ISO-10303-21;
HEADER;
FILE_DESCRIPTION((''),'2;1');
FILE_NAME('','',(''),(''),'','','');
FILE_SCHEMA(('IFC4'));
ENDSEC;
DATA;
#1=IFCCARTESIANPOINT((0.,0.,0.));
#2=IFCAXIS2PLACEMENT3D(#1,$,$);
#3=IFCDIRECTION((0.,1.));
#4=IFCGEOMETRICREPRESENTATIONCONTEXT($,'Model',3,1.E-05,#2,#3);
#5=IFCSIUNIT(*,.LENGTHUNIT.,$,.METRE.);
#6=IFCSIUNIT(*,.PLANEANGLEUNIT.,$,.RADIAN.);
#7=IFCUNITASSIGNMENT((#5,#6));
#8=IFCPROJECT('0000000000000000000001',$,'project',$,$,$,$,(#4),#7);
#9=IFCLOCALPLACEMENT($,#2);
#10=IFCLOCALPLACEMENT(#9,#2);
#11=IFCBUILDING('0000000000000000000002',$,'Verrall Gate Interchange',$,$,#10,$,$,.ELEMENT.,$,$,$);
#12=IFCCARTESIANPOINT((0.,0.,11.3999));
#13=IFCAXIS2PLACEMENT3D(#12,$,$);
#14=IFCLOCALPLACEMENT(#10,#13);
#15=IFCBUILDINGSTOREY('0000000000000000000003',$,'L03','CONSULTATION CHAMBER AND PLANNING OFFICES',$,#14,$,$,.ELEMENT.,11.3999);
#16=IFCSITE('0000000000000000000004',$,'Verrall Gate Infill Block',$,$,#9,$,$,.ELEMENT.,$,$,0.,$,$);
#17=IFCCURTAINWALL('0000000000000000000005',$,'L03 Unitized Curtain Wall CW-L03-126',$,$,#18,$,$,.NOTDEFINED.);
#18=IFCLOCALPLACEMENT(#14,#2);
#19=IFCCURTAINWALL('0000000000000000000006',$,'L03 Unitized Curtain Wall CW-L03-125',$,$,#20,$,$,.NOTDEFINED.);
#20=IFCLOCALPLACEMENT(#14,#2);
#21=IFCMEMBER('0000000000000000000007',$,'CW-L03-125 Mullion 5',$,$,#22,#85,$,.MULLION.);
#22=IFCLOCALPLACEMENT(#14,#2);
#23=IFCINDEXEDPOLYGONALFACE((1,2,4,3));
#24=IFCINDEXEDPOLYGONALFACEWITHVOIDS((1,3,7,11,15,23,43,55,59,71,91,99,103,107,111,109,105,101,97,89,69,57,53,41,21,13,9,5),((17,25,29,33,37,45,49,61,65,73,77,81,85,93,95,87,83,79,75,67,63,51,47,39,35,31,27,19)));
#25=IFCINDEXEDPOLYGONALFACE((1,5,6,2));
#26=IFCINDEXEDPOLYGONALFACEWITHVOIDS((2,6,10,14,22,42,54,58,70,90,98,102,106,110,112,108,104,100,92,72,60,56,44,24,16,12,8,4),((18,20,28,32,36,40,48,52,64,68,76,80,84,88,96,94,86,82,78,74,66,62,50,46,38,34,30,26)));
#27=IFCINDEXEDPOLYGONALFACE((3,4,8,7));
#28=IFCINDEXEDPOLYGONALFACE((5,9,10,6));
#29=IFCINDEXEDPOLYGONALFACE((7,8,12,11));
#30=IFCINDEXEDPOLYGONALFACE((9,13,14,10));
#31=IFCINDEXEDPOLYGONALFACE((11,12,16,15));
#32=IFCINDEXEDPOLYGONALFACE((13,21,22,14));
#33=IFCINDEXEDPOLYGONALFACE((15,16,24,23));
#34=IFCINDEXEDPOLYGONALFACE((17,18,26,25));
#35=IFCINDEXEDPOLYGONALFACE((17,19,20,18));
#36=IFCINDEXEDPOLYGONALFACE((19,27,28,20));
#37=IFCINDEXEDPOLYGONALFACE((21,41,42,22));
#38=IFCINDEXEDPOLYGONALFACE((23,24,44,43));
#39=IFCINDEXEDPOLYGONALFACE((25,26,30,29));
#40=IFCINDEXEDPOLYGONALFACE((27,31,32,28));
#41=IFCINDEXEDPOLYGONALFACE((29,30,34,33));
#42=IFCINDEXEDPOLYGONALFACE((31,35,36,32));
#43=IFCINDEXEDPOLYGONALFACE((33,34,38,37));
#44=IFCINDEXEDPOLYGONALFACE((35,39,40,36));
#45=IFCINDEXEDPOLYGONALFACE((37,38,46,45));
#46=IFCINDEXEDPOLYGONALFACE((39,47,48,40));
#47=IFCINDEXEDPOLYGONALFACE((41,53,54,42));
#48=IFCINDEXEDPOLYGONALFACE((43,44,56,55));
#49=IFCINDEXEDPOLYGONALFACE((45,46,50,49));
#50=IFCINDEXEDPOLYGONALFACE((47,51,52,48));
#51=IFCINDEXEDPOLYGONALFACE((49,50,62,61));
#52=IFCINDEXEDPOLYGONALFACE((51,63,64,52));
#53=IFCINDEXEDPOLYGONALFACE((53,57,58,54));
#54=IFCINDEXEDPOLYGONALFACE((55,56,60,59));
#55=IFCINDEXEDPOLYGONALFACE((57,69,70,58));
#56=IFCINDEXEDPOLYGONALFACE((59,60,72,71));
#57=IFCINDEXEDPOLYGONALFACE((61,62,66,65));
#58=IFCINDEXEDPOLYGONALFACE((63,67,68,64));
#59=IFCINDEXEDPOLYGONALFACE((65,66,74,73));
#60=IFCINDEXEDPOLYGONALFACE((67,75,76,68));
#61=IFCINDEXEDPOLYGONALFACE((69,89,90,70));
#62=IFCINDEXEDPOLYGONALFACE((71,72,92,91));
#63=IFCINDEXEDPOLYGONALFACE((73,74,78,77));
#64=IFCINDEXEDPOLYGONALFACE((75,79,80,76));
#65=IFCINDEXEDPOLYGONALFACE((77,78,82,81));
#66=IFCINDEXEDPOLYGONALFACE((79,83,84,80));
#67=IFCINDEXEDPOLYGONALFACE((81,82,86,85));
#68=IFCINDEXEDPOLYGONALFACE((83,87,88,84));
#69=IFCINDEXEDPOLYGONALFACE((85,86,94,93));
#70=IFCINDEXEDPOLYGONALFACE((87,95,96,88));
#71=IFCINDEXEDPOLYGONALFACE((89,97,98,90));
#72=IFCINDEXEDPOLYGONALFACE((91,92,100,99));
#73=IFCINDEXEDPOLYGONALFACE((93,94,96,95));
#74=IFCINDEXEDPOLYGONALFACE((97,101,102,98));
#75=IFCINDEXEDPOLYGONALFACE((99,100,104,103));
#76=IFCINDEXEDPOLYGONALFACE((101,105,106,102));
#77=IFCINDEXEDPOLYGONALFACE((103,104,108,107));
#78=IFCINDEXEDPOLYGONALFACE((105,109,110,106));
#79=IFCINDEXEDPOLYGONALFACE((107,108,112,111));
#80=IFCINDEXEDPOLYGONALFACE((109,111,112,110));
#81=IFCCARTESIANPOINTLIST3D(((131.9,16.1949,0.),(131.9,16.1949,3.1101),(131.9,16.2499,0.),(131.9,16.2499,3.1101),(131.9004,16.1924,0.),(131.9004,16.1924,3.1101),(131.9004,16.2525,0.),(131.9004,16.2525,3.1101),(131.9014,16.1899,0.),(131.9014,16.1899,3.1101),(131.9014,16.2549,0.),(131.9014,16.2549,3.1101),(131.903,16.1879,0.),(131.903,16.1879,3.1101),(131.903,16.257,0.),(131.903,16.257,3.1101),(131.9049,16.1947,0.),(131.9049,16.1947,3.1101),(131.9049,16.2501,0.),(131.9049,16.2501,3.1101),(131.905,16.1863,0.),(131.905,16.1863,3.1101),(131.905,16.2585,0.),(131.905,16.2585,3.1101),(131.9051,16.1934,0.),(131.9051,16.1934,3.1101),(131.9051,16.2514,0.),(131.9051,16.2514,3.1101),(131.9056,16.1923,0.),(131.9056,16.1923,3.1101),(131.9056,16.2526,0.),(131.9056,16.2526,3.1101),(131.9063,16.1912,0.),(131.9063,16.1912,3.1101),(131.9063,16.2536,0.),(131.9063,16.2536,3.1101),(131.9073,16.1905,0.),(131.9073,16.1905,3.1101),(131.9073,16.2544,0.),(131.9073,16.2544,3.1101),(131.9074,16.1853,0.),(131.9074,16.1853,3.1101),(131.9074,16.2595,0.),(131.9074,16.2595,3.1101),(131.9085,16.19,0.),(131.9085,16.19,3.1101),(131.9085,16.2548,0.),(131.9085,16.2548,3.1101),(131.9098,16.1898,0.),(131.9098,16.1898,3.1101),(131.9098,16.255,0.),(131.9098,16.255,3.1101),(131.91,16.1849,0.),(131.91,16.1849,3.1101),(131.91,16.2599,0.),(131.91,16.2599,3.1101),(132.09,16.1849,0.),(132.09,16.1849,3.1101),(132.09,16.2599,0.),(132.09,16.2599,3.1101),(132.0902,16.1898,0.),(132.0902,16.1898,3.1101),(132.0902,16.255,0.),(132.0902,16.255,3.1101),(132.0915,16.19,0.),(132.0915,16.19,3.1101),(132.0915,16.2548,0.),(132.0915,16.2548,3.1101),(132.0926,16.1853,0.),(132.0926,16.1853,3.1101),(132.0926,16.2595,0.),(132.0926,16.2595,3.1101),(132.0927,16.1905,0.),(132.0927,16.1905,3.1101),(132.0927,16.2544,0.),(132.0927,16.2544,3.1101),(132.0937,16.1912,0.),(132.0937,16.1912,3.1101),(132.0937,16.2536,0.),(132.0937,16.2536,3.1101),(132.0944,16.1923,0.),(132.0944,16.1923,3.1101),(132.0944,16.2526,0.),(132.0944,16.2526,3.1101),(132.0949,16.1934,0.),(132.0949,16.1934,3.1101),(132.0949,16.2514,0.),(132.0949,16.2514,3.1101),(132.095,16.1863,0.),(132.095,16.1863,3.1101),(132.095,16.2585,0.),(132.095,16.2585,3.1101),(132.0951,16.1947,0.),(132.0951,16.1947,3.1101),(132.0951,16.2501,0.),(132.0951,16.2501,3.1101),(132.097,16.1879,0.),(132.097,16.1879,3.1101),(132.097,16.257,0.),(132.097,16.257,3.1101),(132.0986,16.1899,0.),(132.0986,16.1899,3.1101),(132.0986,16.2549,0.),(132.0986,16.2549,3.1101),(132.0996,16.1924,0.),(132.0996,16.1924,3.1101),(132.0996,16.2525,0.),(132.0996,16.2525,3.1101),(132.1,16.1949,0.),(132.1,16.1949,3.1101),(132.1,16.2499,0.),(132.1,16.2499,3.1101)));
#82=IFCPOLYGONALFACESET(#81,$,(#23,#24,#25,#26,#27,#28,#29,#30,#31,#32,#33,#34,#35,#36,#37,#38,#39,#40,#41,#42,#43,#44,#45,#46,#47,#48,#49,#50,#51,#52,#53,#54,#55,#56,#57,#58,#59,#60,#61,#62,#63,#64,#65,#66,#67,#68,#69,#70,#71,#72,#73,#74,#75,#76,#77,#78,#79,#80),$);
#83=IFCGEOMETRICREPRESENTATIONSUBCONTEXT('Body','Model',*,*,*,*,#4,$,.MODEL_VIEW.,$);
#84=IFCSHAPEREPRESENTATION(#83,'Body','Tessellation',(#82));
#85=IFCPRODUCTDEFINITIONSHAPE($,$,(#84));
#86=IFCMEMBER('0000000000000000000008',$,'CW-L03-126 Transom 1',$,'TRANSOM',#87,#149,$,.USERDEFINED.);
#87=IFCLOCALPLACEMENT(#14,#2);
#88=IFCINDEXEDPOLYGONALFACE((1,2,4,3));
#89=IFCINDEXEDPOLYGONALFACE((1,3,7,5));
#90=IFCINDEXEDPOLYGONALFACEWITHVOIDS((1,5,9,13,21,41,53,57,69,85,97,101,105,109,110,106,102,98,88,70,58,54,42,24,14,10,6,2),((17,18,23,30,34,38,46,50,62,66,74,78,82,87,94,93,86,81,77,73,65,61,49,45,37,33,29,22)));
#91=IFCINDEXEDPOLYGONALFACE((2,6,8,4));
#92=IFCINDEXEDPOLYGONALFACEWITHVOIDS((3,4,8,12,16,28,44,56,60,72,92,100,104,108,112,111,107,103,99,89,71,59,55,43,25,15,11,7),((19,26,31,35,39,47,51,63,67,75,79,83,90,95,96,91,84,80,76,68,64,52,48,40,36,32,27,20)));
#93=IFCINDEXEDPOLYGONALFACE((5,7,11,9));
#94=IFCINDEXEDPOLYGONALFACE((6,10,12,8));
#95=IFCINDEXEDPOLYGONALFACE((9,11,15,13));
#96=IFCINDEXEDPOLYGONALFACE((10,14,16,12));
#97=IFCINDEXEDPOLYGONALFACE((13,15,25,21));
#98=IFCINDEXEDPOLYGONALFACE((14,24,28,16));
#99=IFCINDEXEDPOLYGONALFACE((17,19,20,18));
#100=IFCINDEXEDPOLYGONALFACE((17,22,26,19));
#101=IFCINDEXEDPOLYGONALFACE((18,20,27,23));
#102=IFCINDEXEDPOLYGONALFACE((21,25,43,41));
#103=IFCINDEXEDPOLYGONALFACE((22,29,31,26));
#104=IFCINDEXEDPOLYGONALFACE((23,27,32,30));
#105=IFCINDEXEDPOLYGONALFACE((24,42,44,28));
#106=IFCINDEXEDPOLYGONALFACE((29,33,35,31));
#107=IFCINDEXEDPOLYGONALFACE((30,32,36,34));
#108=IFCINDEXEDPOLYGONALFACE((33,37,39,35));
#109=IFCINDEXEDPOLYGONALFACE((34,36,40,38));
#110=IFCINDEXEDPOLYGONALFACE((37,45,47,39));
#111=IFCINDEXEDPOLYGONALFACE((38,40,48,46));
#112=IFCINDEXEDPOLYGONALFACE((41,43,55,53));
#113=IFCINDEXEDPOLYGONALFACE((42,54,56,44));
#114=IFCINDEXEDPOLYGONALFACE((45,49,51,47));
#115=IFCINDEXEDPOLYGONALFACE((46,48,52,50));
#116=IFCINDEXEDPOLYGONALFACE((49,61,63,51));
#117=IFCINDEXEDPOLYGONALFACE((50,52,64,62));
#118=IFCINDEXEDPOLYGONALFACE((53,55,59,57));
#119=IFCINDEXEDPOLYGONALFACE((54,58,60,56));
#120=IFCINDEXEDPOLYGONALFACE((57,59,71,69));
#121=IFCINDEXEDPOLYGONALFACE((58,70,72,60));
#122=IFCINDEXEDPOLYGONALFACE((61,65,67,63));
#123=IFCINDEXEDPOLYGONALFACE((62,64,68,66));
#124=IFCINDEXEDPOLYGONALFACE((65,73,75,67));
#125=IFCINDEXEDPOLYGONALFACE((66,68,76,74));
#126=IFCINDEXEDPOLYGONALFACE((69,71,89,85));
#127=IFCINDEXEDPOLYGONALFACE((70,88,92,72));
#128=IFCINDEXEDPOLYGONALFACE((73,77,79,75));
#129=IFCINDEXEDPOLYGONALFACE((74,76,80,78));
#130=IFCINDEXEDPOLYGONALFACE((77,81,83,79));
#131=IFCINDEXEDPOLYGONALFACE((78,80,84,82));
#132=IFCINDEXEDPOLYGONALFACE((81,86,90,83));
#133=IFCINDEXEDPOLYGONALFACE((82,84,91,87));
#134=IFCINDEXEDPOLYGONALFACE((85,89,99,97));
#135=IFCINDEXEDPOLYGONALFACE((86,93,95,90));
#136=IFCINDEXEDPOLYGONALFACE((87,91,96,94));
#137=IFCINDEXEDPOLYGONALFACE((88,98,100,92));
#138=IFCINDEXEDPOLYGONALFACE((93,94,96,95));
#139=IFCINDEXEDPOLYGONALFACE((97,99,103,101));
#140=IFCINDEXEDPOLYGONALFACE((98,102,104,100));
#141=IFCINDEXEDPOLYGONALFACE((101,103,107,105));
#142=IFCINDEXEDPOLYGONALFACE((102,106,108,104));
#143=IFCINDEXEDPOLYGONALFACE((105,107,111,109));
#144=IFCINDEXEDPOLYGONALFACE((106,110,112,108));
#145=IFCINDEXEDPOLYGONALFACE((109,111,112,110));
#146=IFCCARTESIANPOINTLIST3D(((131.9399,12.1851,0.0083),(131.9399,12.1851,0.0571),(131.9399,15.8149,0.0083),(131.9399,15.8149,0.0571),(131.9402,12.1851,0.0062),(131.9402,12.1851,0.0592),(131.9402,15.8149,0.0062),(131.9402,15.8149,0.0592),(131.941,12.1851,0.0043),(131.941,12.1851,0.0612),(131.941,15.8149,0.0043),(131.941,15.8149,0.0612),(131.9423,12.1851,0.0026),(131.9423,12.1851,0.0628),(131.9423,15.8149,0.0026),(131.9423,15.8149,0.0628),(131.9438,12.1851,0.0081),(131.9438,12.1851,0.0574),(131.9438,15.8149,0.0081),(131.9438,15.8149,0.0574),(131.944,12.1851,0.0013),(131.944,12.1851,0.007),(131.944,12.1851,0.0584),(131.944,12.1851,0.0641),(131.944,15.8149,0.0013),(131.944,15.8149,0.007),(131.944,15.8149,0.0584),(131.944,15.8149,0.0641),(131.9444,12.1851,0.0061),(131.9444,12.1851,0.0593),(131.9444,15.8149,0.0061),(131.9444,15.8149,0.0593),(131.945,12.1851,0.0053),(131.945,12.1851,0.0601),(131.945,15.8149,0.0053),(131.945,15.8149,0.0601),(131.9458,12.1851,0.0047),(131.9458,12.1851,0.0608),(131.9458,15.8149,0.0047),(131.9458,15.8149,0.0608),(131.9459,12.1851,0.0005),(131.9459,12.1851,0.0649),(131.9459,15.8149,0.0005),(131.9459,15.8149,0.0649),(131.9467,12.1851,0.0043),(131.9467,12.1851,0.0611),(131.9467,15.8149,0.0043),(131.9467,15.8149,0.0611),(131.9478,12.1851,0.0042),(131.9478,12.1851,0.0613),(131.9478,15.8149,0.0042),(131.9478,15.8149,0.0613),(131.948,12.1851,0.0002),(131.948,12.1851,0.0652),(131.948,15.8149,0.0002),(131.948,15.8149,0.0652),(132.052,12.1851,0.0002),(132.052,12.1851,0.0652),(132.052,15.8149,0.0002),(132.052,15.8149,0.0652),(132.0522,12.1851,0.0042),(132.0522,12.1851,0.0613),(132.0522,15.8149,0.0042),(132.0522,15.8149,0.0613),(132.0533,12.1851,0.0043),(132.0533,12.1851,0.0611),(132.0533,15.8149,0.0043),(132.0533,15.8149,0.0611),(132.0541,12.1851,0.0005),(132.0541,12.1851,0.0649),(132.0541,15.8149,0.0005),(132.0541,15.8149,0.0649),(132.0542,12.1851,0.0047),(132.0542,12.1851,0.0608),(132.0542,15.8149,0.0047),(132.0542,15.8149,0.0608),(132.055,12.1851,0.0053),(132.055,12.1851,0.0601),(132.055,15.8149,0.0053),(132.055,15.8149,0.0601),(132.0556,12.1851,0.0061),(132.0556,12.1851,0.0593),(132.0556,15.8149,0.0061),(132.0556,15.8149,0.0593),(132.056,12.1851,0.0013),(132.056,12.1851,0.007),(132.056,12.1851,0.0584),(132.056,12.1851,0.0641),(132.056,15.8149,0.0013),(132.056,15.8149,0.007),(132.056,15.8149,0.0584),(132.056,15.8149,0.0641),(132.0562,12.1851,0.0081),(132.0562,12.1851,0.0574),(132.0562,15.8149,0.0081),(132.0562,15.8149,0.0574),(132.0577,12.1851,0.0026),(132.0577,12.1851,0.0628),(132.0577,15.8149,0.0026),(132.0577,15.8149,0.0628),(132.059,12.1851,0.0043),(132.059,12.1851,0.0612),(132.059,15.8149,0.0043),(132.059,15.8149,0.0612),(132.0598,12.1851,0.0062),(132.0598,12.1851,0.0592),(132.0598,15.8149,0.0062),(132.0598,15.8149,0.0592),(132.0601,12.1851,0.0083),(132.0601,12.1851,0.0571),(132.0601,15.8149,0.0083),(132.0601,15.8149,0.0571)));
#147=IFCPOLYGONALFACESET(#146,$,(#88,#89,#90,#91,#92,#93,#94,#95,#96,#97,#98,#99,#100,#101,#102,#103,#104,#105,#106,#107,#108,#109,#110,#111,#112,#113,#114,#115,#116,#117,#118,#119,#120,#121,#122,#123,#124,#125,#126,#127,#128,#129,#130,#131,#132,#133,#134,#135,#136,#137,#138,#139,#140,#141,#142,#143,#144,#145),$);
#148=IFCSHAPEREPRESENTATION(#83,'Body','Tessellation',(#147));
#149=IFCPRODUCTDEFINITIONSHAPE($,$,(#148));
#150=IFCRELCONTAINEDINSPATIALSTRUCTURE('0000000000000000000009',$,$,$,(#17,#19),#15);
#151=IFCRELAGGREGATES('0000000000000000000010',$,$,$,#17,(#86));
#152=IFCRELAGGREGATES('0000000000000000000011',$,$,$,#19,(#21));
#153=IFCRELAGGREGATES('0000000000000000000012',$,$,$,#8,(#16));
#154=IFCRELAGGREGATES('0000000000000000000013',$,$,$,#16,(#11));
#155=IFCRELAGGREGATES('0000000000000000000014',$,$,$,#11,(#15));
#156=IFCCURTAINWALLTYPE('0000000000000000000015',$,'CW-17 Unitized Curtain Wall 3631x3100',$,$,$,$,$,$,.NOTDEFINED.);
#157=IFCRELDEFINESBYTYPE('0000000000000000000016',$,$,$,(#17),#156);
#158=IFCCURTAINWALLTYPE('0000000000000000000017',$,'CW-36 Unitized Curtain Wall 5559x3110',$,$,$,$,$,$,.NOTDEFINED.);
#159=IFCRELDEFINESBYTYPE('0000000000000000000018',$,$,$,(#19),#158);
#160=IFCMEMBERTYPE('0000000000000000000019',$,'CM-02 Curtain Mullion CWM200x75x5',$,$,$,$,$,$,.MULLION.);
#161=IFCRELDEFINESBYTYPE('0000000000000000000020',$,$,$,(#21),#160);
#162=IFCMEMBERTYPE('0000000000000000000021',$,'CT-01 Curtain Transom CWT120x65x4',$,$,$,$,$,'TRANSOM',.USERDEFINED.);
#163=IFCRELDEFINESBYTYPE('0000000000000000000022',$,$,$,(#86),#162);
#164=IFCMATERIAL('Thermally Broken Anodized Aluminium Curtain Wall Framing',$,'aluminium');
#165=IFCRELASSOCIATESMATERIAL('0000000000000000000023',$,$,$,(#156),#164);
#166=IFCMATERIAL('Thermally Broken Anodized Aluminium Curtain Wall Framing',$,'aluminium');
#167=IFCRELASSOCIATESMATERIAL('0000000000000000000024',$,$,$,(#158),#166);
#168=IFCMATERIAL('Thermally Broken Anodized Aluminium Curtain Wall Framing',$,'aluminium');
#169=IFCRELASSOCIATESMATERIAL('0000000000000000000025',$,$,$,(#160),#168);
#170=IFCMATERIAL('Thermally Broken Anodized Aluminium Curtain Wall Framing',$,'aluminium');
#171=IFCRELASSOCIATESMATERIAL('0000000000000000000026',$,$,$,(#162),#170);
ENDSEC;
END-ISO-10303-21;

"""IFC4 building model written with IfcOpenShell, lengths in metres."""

from ifc_helpers import new_model, si_unit, direction, frame, origin, origin_2d, place, context, subcontext, project, spatial, hollow_rectangle, extrude, material, material_profile, profile_set, type_object, element, aggregate, save


model = new_model("IFC4")

# Units and contexts
model_context = context("Model", 3, precision=1e-05, world=origin(), true_north=direction((0.0, 1.0)))
body_context = subcontext(model_context, "Body", "Model", "MODEL_VIEW")
ifc_project = project(units=[si_unit("LENGTHUNIT", "METRE"), si_unit("PLANEANGLEUNIT", "RADIAN")], contexts=[model_context])

# Site, building, storey
site_placement = place(None, origin())
site = spatial("IfcSite", under=ifc_project, at=site_placement, Name="Verrall Gate Infill Block", CompositionType="ELEMENT", RefElevation=0.0)
building_placement = place(site_placement, origin())
building = spatial("IfcBuilding", under=site, at=building_placement, Name="Verrall Gate Interchange", CompositionType="ELEMENT")
storey_placement = place(building_placement, frame((0.0, 0.0, 11.3999)))
storey = spatial("IfcBuildingStorey", under=building, at=storey_placement, Name="L03", Description="CONSULTATION CHAMBER AND PLANNING OFFICES", CompositionType="ELEMENT", Elevation=11.3999)

# Curtain wall
ifc_material_1 = material(Name="Thermally Broken Anodized Aluminium Curtain Wall Framing", Category="aluminium")
curtain_wall_type_1 = type_object("IfcCurtainWallType", Name="CW-17 Unitized Curtain Wall 3631x3100", PredefinedType="NOTDEFINED", material=ifc_material_1)
curtain_wall_1_placement = place(storey_placement, origin())
curtain_wall_1 = element("IfcCurtainWall", 1, at=curtain_wall_1_placement, inside=storey, type_object=curtain_wall_type_1, Name="L03 Unitized Curtain Wall CW-L03-126", PredefinedType="NOTDEFINED")

# Curtain wall, member
ifc_material_2 = material(Name="Thermally Broken Anodized Aluminium Curtain Wall Framing", Category="aluminium")
curtain_wall_type_2 = type_object("IfcCurtainWallType", Name="CW-36 Unitized Curtain Wall 5559x3110", PredefinedType="NOTDEFINED", material=ifc_material_2)
curtain_wall_2_placement = place(storey_placement, origin())
curtain_wall_2 = element("IfcCurtainWall", 2, at=curtain_wall_2_placement, inside=storey, type_object=curtain_wall_type_2, Name="L03 Unitized Curtain Wall CW-L03-125", PredefinedType="NOTDEFINED")
ifc_material_3 = material(Name="Thermally Broken Anodized Aluminium Curtain Wall Framing", Category="aluminium")
ifc_material_profile_1 = material_profile(ifc_material_3, hollow_rectangle(XDim=0.075, YDim=0.2, WallThickness=0.0049, InnerFilletRadius=0.0049, OuterFilletRadius=0.01, at=origin_2d()), Name="CWM200x75x5")
ifc_profile_set_1 = profile_set([ifc_material_profile_1], Name="Thermally Broken Anodized Aluminium Curtain Wall Framing")
member_type_1 = type_object("IfcMemberType", Name="CM-02 Curtain Mullion CWM200x75x5", PredefinedType="MULLION", material=ifc_profile_set_1)
member_1_placement = place(storey_placement, frame((132.0, 16.2224, 0.0), z_axis=(0.0, 0.0, 1.0), x_axis=(0.0, -1.0, 0.0)))
member_1 = element("IfcMember", 3, at=member_1_placement, type_object=member_type_1, Name="CW-L03-125 Mullion 5", PredefinedType="MULLION", context=body_context, shape_type="SweptSolid", body=[
    extrude(hollow_rectangle(XDim=0.075, YDim=0.2, WallThickness=0.0049, InnerFilletRadius=0.0049, OuterFilletRadius=0.01, at=origin_2d()), origin(), (0.0, 0.0, 1.0), 3.1101),
])

# Member
ifc_material_4 = material(Name="Thermally Broken Anodized Aluminium Curtain Wall Framing", Category="aluminium")
ifc_material_profile_2 = material_profile(ifc_material_4, hollow_rectangle(XDim=0.1201, YDim=0.0649, WallThickness=0.0039, InnerFilletRadius=0.0039, OuterFilletRadius=0.0081, at=origin_2d()), Name="CWT120x65x4")
ifc_profile_set_2 = profile_set([ifc_material_profile_2], Name="Thermally Broken Anodized Aluminium Curtain Wall Framing")
member_type_2 = type_object("IfcMemberType", Name="CT-01 Curtain Transom CWT120x65x4", ElementType="TRANSOM", PredefinedType="USERDEFINED", material=ifc_profile_set_2)
member_2_placement = place(storey_placement, frame((132.0, 15.8149, 0.0327), z_axis=(0.0, -1.0, 0.0), x_axis=(1.0, 0.0, 0.0)))
member_2 = element("IfcMember", 4, at=member_2_placement, type_object=member_type_2, Name="CW-L03-126 Transom 1", ObjectType="TRANSOM", PredefinedType="USERDEFINED", context=body_context, shape_type="SweptSolid", body=[
    extrude(hollow_rectangle(XDim=0.1201, YDim=0.0649, WallThickness=0.0039, InnerFilletRadius=0.0039, OuterFilletRadius=0.0081, at=origin_2d()), origin(), (0.0, 0.0, 1.0), 3.6299),
])
aggregate(curtain_wall_1, [member_2])

aggregate(curtain_wall_2, [member_1])

save(model, "model.ifc")
